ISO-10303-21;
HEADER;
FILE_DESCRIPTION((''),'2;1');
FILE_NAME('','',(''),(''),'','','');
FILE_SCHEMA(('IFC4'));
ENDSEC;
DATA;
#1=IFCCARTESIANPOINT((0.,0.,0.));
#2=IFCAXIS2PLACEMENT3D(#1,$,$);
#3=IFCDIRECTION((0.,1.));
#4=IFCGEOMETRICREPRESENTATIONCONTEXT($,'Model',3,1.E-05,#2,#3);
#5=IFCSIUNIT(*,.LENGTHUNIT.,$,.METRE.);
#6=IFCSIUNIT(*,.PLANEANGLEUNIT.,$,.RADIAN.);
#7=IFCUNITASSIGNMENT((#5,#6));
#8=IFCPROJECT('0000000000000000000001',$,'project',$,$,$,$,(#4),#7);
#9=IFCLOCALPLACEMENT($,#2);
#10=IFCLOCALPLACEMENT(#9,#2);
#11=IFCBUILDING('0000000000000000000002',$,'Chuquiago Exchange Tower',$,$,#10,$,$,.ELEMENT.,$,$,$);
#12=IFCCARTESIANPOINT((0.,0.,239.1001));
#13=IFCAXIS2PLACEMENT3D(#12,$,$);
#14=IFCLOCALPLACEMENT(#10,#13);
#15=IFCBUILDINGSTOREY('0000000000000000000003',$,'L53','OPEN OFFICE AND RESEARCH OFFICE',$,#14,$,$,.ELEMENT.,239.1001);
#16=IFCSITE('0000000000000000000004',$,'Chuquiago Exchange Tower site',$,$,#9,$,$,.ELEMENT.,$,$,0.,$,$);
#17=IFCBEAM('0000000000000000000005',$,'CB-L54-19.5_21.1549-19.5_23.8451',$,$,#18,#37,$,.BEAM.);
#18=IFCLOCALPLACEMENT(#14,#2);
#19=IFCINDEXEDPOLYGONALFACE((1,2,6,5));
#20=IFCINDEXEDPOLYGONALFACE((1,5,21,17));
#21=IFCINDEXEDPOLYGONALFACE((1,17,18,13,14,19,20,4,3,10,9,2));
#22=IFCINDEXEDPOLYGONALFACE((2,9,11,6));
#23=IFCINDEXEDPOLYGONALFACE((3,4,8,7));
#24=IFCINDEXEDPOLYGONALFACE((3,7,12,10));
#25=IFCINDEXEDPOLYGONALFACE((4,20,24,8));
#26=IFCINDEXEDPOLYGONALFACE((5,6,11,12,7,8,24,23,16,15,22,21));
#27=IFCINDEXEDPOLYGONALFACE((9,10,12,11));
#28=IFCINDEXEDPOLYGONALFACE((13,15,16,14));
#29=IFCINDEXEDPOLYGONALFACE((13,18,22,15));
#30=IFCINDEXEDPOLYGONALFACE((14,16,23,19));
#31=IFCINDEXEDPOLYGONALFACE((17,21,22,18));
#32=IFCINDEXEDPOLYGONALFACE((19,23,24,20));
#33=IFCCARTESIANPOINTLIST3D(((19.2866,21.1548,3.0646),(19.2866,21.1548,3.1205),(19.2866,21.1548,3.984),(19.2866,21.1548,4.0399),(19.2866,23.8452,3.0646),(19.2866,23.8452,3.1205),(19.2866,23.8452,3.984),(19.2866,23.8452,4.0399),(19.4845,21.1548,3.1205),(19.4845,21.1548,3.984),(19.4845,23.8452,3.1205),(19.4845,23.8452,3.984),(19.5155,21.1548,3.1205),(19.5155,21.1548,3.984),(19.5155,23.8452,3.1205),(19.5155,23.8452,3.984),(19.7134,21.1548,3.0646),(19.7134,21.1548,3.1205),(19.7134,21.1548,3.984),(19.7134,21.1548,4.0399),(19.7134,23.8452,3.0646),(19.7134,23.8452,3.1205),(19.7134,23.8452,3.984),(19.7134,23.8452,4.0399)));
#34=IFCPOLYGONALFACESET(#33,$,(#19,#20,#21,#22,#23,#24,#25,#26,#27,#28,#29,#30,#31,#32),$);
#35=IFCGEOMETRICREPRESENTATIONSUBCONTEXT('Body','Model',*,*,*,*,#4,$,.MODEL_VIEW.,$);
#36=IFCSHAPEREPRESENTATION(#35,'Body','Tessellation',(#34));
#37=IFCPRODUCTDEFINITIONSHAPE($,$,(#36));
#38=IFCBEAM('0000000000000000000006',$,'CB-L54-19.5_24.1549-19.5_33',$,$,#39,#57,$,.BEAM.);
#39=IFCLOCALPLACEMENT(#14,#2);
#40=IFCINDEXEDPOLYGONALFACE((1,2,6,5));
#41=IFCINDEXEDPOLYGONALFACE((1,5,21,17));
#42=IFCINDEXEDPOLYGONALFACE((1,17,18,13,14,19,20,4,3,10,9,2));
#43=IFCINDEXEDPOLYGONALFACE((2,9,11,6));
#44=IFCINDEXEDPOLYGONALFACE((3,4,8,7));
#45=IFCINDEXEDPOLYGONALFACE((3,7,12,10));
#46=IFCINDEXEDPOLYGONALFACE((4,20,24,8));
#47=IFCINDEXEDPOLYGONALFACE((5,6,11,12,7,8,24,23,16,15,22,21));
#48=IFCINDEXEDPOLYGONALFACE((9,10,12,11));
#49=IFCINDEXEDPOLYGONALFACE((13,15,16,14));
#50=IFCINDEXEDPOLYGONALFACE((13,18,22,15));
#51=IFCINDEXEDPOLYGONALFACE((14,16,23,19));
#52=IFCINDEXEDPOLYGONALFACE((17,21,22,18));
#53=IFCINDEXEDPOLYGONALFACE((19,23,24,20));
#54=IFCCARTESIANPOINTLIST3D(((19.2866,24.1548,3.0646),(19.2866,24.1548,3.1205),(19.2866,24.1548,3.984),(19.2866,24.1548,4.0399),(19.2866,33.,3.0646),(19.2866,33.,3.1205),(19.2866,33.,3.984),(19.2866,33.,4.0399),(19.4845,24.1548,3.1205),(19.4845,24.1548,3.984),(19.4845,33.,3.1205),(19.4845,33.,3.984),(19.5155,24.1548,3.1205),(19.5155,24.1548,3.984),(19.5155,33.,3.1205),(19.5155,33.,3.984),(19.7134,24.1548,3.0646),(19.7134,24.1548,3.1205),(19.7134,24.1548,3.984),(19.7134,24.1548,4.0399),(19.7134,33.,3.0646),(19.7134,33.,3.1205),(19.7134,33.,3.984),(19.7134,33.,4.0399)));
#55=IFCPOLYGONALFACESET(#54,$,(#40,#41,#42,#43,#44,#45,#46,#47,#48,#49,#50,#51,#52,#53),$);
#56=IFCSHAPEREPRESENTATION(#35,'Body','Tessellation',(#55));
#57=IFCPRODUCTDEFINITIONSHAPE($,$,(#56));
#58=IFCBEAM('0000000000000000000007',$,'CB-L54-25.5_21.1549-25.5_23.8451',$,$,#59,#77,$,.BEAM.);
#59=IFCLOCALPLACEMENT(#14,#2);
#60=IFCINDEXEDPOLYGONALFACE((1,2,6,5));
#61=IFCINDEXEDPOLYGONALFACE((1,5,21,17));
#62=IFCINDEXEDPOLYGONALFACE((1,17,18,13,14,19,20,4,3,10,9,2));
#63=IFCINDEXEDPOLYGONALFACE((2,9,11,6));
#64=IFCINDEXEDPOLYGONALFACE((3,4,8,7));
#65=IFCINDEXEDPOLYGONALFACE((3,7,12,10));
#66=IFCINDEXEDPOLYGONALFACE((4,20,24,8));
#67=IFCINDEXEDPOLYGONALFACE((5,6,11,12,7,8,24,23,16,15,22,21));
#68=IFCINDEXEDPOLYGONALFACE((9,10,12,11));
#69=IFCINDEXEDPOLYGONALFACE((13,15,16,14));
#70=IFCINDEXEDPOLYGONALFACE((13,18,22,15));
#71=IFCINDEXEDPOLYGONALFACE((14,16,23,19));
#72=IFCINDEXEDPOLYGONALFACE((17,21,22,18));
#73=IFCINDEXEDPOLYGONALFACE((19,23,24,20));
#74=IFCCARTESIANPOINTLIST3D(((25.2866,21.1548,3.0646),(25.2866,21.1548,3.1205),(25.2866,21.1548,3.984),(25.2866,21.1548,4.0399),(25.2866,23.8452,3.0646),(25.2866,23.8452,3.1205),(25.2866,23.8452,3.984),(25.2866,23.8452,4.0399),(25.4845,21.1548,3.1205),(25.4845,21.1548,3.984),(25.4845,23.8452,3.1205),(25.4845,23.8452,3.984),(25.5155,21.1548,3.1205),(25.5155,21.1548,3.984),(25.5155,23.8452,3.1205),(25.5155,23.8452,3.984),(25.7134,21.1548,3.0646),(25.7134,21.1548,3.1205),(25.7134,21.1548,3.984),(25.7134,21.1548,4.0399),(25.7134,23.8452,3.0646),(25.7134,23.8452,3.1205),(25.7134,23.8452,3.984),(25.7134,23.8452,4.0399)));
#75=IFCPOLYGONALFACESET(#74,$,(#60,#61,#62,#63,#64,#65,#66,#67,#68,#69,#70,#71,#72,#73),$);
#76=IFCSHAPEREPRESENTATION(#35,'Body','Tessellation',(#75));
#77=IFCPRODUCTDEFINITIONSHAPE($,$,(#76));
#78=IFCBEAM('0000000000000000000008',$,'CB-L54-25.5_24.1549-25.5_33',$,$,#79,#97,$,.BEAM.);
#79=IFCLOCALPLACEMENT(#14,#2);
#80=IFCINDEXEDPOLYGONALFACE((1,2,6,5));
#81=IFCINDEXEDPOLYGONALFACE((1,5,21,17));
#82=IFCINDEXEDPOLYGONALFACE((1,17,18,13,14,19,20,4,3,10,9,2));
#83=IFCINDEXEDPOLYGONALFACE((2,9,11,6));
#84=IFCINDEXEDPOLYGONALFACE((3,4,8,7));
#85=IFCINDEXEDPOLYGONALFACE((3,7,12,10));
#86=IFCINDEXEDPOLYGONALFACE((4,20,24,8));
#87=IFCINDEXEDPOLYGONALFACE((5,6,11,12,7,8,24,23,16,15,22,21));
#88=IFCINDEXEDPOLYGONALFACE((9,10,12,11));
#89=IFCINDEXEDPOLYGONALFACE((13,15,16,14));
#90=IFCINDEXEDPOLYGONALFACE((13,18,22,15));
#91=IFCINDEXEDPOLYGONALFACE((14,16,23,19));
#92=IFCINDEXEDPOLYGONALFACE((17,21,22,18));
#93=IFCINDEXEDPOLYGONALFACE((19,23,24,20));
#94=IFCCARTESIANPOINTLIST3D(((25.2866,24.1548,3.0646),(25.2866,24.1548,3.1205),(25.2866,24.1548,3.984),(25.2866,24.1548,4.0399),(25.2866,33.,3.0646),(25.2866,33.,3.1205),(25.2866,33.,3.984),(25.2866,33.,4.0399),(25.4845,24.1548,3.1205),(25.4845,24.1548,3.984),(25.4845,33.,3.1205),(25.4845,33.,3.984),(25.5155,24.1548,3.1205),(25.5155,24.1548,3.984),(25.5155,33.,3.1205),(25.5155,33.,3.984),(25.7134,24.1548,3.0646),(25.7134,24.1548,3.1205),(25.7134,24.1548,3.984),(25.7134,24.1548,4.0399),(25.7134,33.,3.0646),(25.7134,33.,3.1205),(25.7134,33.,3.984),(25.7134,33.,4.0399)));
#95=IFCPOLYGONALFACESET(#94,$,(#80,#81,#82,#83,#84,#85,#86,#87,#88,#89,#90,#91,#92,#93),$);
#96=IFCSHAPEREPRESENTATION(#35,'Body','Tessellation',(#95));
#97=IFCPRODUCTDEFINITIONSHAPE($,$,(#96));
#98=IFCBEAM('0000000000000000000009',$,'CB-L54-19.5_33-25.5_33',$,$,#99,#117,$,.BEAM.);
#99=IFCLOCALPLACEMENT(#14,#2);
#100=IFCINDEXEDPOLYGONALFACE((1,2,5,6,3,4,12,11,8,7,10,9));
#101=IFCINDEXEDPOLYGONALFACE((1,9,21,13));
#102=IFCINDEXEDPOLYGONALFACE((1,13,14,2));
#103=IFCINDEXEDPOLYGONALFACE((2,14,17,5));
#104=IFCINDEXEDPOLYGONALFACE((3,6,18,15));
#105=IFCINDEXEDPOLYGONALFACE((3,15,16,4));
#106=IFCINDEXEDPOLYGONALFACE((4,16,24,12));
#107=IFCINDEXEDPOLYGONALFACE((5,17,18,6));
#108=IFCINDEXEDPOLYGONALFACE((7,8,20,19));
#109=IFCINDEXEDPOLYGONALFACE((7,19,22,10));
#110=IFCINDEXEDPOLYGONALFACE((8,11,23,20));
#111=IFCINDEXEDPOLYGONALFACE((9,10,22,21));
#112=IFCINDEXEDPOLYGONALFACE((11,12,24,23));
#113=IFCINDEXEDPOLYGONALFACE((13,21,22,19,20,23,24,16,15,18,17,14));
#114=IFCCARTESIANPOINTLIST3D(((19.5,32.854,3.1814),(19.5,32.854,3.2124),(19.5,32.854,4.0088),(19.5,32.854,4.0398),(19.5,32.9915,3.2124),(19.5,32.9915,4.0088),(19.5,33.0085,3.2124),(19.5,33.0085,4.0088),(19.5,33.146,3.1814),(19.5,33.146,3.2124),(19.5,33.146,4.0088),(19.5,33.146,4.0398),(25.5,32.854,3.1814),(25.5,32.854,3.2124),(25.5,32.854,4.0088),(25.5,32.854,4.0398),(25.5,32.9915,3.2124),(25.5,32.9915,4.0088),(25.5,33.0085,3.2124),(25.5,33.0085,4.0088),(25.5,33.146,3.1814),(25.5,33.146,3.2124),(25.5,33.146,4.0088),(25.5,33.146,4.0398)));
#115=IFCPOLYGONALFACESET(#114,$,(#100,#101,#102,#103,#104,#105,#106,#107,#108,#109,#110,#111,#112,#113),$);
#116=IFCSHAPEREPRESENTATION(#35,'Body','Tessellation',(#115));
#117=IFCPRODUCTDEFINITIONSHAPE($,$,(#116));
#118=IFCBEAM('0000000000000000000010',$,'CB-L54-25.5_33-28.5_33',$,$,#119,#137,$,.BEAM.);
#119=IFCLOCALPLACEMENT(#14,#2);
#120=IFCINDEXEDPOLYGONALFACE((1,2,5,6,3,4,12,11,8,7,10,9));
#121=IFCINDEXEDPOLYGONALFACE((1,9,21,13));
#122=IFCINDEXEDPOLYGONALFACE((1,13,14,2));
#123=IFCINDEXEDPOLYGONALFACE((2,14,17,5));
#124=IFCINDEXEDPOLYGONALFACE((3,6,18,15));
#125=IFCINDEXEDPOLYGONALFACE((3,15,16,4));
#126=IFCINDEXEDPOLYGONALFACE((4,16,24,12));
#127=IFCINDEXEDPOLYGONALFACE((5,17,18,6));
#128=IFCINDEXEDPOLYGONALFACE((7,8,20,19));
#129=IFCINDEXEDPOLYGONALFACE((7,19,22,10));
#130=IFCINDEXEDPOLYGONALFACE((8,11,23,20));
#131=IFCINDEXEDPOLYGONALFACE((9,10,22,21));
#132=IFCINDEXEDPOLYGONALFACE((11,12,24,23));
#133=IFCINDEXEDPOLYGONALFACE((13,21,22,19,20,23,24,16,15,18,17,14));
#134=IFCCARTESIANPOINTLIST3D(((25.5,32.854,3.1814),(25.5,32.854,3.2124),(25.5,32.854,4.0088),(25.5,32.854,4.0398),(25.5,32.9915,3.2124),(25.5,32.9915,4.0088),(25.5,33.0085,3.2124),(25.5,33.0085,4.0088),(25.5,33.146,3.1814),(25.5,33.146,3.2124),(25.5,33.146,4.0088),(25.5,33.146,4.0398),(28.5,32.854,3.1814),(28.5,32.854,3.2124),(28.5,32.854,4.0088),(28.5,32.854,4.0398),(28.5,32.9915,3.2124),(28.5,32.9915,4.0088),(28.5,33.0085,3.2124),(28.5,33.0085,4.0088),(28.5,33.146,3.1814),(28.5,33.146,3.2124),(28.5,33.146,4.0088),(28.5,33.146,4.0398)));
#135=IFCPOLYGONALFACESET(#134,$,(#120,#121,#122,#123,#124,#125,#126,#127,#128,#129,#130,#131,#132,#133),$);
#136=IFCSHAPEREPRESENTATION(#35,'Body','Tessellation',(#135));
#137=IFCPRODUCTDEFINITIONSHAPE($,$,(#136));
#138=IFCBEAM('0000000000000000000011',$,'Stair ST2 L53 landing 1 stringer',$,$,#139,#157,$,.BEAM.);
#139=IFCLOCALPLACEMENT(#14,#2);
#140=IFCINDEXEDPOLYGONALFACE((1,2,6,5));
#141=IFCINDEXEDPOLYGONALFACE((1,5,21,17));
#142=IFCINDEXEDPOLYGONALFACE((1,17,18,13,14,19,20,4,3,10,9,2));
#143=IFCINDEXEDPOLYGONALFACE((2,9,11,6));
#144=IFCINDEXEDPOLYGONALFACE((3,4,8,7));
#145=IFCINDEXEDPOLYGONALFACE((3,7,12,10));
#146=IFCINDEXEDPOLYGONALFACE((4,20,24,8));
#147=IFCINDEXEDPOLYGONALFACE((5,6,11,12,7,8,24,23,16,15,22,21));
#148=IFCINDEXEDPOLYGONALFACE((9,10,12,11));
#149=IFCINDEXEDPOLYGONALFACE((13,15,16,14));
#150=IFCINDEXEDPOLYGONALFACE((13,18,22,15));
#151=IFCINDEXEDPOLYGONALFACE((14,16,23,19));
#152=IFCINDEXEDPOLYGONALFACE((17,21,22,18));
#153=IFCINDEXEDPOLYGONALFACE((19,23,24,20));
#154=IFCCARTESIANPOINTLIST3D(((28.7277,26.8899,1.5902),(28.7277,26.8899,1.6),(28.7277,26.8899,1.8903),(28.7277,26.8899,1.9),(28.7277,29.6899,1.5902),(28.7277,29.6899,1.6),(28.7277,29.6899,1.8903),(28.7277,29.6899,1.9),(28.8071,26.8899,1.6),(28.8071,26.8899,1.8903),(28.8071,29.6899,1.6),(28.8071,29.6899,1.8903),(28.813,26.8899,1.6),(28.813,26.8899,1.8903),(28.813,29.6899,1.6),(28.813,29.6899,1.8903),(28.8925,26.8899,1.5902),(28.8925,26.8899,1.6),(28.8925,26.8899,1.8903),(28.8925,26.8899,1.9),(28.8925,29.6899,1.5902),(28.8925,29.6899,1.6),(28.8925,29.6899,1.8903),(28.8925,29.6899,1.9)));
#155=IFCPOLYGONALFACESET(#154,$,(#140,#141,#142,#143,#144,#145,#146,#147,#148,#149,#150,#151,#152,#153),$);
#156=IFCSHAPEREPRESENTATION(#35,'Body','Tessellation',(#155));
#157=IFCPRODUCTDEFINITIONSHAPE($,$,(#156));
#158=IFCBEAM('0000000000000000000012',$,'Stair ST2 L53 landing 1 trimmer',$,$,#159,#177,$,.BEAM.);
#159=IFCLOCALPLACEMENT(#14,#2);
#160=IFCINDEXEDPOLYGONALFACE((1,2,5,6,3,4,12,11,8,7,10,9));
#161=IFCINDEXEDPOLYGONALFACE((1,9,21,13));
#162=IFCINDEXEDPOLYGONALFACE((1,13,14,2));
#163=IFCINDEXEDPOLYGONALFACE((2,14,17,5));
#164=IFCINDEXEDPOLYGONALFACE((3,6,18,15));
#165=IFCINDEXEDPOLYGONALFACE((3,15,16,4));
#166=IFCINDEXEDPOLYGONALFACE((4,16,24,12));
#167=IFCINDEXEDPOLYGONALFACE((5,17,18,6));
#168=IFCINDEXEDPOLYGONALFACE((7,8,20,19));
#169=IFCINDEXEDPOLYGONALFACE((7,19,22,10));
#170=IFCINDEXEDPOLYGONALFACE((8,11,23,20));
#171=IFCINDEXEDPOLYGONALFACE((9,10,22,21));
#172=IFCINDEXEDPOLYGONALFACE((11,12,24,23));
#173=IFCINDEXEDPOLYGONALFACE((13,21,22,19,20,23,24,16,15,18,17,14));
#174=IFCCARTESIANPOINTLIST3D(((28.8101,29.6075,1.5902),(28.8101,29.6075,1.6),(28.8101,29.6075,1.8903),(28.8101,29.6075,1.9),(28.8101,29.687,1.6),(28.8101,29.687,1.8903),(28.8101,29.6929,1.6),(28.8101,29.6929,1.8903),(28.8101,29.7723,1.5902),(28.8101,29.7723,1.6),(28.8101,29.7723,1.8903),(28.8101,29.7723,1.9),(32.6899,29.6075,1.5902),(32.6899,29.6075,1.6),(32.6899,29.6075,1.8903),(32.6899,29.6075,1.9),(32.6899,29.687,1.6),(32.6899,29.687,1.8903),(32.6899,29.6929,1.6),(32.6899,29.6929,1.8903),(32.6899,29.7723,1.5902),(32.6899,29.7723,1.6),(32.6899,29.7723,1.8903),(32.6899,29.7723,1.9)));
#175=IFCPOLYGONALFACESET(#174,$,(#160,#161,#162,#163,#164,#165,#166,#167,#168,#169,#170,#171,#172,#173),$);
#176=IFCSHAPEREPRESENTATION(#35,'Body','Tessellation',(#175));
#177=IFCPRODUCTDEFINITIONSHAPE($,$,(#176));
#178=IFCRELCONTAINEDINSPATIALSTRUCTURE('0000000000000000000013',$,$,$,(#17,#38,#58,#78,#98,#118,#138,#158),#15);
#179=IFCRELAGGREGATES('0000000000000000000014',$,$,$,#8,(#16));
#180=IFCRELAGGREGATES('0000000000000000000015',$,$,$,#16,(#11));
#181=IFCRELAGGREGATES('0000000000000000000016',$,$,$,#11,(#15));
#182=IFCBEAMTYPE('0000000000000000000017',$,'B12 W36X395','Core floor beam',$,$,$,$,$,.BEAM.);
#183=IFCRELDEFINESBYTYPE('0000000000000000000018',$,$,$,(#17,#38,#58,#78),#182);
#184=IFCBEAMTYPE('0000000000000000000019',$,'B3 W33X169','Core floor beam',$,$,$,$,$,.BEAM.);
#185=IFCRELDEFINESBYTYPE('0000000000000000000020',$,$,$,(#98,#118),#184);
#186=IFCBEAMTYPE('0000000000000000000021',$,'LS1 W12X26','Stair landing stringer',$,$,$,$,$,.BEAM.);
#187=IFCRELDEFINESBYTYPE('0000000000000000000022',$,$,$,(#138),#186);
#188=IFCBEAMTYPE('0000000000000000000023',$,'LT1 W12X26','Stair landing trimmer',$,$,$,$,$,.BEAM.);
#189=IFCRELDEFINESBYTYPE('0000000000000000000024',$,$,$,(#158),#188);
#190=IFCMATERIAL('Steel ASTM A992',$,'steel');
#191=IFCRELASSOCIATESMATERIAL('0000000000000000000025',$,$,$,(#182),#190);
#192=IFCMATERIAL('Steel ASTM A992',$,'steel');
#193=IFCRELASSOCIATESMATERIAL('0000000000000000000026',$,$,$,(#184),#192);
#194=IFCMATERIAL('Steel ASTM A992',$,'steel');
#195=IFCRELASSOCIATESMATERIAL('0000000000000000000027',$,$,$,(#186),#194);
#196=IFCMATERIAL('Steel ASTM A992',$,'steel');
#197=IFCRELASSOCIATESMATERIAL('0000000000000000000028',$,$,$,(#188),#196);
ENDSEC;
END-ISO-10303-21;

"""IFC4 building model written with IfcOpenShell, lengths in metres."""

from ifc_helpers import new_model, si_unit, direction, frame, origin, origin_2d, place, context, subcontext, project, spatial, i_section, extrude, material, material_profile, profile_set, type_object, element, save


model = new_model("IFC4")

# Units and contexts
model_context = context("Model", 3, precision=1e-05, world=origin(), true_north=direction((0.0, 1.0)))
body_context = subcontext(model_context, "Body", "Model", "MODEL_VIEW")
ifc_project = project(units=[si_unit("LENGTHUNIT", "METRE"), si_unit("PLANEANGLEUNIT", "RADIAN")], contexts=[model_context])

# Site, building, storey
site_placement = place(None, origin())
site = spatial("IfcSite", under=ifc_project, at=site_placement, Name="Chuquiago Exchange Tower site", CompositionType="ELEMENT", RefElevation=0.0)
building_placement = place(site_placement, origin())
building = spatial("IfcBuilding", under=site, at=building_placement, Name="Chuquiago Exchange Tower", CompositionType="ELEMENT")
storey_placement = place(building_placement, frame((0.0, 0.0, 239.1001)))
storey = spatial("IfcBuildingStorey", under=building, at=storey_placement, Name="L53", Description="OPEN OFFICE AND RESEARCH OFFICE", CompositionType="ELEMENT", Elevation=239.1001)

# Beams
ifc_material_1 = material(Name="Steel ASTM A992", Category="steel")
ifc_material_profile_1 = material_profile(ifc_material_1, i_section(OverallWidth=0.4268, OverallDepth=0.9753, WebThickness=0.031, FlangeThickness=0.0559, at=origin_2d()), Name="W36X395")
ifc_profile_set_1 = profile_set([ifc_material_profile_1], Name="Steel ASTM A992")
beam_type_1 = type_object("IfcBeamType", Name="B12 W36X395", Description="Core floor beam", PredefinedType="BEAM", material=ifc_profile_set_1)
beam_1_placement = place(storey_placement, frame((19.5, 21.1548, 3.5522), z_axis=(0.0, 1.0, 0.0), x_axis=(-1.0, 0.0, 0.0)))
element("IfcBeam", 1, at=beam_1_placement, inside=storey, type_object=beam_type_1, Name="CB-L54-19.5_21.1549-19.5_23.8451", PredefinedType="BEAM", context=body_context, shape_type="SweptSolid", body=[
    extrude(i_section(OverallWidth=0.4268, OverallDepth=0.9753, WebThickness=0.031, FlangeThickness=0.0559, at=origin_2d()), origin(), (0.0, 0.0, 1.0), 2.6904),
])
beam_2_placement = place(storey_placement, frame((19.5, 24.1548, 3.5522), z_axis=(0.0, 1.0, 0.0), x_axis=(-1.0, 0.0, 0.0)))
element("IfcBeam", 2, at=beam_2_placement, inside=storey, type_object=beam_type_1, Name="CB-L54-19.5_24.1549-19.5_33", PredefinedType="BEAM", context=body_context, shape_type="SweptSolid", body=[
    extrude(i_section(OverallWidth=0.4268, OverallDepth=0.9753, WebThickness=0.031, FlangeThickness=0.0559, at=origin_2d()), origin(), (0.0, 0.0, 1.0), 8.8452),
])
beam_3_placement = place(storey_placement, frame((25.5, 21.1548, 3.5522), z_axis=(0.0, 1.0, 0.0), x_axis=(-1.0, 0.0, 0.0)))
element("IfcBeam", 3, at=beam_3_placement, inside=storey, type_object=beam_type_1, Name="CB-L54-25.5_21.1549-25.5_23.8451", PredefinedType="BEAM", context=body_context, shape_type="SweptSolid", body=[
    extrude(i_section(OverallWidth=0.4268, OverallDepth=0.9753, WebThickness=0.031, FlangeThickness=0.0559, at=origin_2d()), origin(), (0.0, 0.0, 1.0), 2.6904),
])
beam_4_placement = place(storey_placement, frame((25.5, 24.1548, 3.5522), z_axis=(0.0, 1.0, 0.0), x_axis=(-1.0, 0.0, 0.0)))
element("IfcBeam", 4, at=beam_4_placement, inside=storey, type_object=beam_type_1, Name="CB-L54-25.5_24.1549-25.5_33", PredefinedType="BEAM", context=body_context, shape_type="SweptSolid", body=[
    extrude(i_section(OverallWidth=0.4268, OverallDepth=0.9753, WebThickness=0.031, FlangeThickness=0.0559, at=origin_2d()), origin(), (0.0, 0.0, 1.0), 8.8452),
])
ifc_material_2 = material(Name="Steel ASTM A992", Category="steel")
ifc_material_profile_2 = material_profile(ifc_material_2, i_section(OverallWidth=0.292, OverallDepth=0.8584, WebThickness=0.0171, FlangeThickness=0.031, at=origin_2d()), Name="W33X169")
ifc_profile_set_2 = profile_set([ifc_material_profile_2], Name="Steel ASTM A992")
beam_type_2 = type_object("IfcBeamType", Name="B3 W33X169", Description="Core floor beam", PredefinedType="BEAM", material=ifc_profile_set_2)
beam_5_placement = place(storey_placement, frame((19.5, 33.0, 3.6106), z_axis=(1.0, 0.0, 0.0), x_axis=(0.0, 1.0, 0.0)))
element("IfcBeam", 5, at=beam_5_placement, inside=storey, type_object=beam_type_2, Name="CB-L54-19.5_33-25.5_33", PredefinedType="BEAM", context=body_context, shape_type="SweptSolid", body=[
    extrude(i_section(OverallWidth=0.292, OverallDepth=0.8584, WebThickness=0.0171, FlangeThickness=0.031, at=origin_2d()), origin(), (0.0, 0.0, 1.0), 6.0),
])
beam_6_placement = place(storey_placement, frame((25.5, 33.0, 3.6106), z_axis=(1.0, 0.0, 0.0), x_axis=(0.0, 1.0, 0.0)))
element("IfcBeam", 6, at=beam_6_placement, inside=storey, type_object=beam_type_2, Name="CB-L54-25.5_33-28.5_33", PredefinedType="BEAM", context=body_context, shape_type="SweptSolid", body=[
    extrude(i_section(OverallWidth=0.292, OverallDepth=0.8584, WebThickness=0.0171, FlangeThickness=0.031, at=origin_2d()), origin(), (0.0, 0.0, 1.0), 3.0),
])
ifc_material_3 = material(Name="Steel ASTM A992", Category="steel")
ifc_material_profile_3 = material_profile(ifc_material_3, i_section(OverallWidth=0.1648, OverallDepth=0.3098, WebThickness=0.0059, FlangeThickness=0.0098, at=origin_2d()), Name="W12X26")
ifc_profile_set_3 = profile_set([ifc_material_profile_3], Name="Steel ASTM A992")
beam_type_3 = type_object("IfcBeamType", Name="LS1 W12X26", Description="Stair landing stringer", PredefinedType="BEAM", material=ifc_profile_set_3)
beam_7_placement = place(storey_placement, frame((28.8101, 26.8899, 1.7451), z_axis=(0.0, 1.0, 0.0), x_axis=(-1.0, 0.0, 0.0)))
element("IfcBeam", 7, at=beam_7_placement, inside=storey, type_object=beam_type_3, Name="Stair ST2 L53 landing 1 stringer", PredefinedType="BEAM", context=body_context, shape_type="SweptSolid", body=[
    extrude(i_section(OverallWidth=0.1648, OverallDepth=0.3098, WebThickness=0.0059, FlangeThickness=0.0098, at=origin_2d()), origin(), (0.0, 0.0, 1.0), 2.8),
])
ifc_material_4 = material(Name="Steel ASTM A992", Category="steel")
ifc_material_profile_4 = material_profile(ifc_material_4, i_section(OverallWidth=0.1648, OverallDepth=0.3098, WebThickness=0.0059, FlangeThickness=0.0098, at=origin_2d()), Name="W12X26")
ifc_profile_set_4 = profile_set([ifc_material_profile_4], Name="Steel ASTM A992")
beam_type_4 = type_object("IfcBeamType", Name="LT1 W12X26", Description="Stair landing trimmer", PredefinedType="BEAM", material=ifc_profile_set_4)
for number, where, z_axis, x_axis, name in (
    (8, (28.8101, 29.6899, 1.7451), (1.0, 0.0, 0.0), (0.0, 1.0, 0.0), "Stair ST2 L53 landing 1 trimmer"),
):
    element("IfcBeam", number, at=place(storey_placement, frame(where, z_axis=z_axis, x_axis=x_axis)), inside=storey, type_object=beam_type_4, Name=name, PredefinedType="BEAM", context=body_context, shape_type="SweptSolid", body=[
        extrude(i_section(OverallWidth=0.1648, OverallDepth=0.3098, WebThickness=0.0059, FlangeThickness=0.0098, at=origin_2d()), origin(), (0.0, 0.0, 1.0), 3.8799),
    ])

save(model, "model.ifc")
